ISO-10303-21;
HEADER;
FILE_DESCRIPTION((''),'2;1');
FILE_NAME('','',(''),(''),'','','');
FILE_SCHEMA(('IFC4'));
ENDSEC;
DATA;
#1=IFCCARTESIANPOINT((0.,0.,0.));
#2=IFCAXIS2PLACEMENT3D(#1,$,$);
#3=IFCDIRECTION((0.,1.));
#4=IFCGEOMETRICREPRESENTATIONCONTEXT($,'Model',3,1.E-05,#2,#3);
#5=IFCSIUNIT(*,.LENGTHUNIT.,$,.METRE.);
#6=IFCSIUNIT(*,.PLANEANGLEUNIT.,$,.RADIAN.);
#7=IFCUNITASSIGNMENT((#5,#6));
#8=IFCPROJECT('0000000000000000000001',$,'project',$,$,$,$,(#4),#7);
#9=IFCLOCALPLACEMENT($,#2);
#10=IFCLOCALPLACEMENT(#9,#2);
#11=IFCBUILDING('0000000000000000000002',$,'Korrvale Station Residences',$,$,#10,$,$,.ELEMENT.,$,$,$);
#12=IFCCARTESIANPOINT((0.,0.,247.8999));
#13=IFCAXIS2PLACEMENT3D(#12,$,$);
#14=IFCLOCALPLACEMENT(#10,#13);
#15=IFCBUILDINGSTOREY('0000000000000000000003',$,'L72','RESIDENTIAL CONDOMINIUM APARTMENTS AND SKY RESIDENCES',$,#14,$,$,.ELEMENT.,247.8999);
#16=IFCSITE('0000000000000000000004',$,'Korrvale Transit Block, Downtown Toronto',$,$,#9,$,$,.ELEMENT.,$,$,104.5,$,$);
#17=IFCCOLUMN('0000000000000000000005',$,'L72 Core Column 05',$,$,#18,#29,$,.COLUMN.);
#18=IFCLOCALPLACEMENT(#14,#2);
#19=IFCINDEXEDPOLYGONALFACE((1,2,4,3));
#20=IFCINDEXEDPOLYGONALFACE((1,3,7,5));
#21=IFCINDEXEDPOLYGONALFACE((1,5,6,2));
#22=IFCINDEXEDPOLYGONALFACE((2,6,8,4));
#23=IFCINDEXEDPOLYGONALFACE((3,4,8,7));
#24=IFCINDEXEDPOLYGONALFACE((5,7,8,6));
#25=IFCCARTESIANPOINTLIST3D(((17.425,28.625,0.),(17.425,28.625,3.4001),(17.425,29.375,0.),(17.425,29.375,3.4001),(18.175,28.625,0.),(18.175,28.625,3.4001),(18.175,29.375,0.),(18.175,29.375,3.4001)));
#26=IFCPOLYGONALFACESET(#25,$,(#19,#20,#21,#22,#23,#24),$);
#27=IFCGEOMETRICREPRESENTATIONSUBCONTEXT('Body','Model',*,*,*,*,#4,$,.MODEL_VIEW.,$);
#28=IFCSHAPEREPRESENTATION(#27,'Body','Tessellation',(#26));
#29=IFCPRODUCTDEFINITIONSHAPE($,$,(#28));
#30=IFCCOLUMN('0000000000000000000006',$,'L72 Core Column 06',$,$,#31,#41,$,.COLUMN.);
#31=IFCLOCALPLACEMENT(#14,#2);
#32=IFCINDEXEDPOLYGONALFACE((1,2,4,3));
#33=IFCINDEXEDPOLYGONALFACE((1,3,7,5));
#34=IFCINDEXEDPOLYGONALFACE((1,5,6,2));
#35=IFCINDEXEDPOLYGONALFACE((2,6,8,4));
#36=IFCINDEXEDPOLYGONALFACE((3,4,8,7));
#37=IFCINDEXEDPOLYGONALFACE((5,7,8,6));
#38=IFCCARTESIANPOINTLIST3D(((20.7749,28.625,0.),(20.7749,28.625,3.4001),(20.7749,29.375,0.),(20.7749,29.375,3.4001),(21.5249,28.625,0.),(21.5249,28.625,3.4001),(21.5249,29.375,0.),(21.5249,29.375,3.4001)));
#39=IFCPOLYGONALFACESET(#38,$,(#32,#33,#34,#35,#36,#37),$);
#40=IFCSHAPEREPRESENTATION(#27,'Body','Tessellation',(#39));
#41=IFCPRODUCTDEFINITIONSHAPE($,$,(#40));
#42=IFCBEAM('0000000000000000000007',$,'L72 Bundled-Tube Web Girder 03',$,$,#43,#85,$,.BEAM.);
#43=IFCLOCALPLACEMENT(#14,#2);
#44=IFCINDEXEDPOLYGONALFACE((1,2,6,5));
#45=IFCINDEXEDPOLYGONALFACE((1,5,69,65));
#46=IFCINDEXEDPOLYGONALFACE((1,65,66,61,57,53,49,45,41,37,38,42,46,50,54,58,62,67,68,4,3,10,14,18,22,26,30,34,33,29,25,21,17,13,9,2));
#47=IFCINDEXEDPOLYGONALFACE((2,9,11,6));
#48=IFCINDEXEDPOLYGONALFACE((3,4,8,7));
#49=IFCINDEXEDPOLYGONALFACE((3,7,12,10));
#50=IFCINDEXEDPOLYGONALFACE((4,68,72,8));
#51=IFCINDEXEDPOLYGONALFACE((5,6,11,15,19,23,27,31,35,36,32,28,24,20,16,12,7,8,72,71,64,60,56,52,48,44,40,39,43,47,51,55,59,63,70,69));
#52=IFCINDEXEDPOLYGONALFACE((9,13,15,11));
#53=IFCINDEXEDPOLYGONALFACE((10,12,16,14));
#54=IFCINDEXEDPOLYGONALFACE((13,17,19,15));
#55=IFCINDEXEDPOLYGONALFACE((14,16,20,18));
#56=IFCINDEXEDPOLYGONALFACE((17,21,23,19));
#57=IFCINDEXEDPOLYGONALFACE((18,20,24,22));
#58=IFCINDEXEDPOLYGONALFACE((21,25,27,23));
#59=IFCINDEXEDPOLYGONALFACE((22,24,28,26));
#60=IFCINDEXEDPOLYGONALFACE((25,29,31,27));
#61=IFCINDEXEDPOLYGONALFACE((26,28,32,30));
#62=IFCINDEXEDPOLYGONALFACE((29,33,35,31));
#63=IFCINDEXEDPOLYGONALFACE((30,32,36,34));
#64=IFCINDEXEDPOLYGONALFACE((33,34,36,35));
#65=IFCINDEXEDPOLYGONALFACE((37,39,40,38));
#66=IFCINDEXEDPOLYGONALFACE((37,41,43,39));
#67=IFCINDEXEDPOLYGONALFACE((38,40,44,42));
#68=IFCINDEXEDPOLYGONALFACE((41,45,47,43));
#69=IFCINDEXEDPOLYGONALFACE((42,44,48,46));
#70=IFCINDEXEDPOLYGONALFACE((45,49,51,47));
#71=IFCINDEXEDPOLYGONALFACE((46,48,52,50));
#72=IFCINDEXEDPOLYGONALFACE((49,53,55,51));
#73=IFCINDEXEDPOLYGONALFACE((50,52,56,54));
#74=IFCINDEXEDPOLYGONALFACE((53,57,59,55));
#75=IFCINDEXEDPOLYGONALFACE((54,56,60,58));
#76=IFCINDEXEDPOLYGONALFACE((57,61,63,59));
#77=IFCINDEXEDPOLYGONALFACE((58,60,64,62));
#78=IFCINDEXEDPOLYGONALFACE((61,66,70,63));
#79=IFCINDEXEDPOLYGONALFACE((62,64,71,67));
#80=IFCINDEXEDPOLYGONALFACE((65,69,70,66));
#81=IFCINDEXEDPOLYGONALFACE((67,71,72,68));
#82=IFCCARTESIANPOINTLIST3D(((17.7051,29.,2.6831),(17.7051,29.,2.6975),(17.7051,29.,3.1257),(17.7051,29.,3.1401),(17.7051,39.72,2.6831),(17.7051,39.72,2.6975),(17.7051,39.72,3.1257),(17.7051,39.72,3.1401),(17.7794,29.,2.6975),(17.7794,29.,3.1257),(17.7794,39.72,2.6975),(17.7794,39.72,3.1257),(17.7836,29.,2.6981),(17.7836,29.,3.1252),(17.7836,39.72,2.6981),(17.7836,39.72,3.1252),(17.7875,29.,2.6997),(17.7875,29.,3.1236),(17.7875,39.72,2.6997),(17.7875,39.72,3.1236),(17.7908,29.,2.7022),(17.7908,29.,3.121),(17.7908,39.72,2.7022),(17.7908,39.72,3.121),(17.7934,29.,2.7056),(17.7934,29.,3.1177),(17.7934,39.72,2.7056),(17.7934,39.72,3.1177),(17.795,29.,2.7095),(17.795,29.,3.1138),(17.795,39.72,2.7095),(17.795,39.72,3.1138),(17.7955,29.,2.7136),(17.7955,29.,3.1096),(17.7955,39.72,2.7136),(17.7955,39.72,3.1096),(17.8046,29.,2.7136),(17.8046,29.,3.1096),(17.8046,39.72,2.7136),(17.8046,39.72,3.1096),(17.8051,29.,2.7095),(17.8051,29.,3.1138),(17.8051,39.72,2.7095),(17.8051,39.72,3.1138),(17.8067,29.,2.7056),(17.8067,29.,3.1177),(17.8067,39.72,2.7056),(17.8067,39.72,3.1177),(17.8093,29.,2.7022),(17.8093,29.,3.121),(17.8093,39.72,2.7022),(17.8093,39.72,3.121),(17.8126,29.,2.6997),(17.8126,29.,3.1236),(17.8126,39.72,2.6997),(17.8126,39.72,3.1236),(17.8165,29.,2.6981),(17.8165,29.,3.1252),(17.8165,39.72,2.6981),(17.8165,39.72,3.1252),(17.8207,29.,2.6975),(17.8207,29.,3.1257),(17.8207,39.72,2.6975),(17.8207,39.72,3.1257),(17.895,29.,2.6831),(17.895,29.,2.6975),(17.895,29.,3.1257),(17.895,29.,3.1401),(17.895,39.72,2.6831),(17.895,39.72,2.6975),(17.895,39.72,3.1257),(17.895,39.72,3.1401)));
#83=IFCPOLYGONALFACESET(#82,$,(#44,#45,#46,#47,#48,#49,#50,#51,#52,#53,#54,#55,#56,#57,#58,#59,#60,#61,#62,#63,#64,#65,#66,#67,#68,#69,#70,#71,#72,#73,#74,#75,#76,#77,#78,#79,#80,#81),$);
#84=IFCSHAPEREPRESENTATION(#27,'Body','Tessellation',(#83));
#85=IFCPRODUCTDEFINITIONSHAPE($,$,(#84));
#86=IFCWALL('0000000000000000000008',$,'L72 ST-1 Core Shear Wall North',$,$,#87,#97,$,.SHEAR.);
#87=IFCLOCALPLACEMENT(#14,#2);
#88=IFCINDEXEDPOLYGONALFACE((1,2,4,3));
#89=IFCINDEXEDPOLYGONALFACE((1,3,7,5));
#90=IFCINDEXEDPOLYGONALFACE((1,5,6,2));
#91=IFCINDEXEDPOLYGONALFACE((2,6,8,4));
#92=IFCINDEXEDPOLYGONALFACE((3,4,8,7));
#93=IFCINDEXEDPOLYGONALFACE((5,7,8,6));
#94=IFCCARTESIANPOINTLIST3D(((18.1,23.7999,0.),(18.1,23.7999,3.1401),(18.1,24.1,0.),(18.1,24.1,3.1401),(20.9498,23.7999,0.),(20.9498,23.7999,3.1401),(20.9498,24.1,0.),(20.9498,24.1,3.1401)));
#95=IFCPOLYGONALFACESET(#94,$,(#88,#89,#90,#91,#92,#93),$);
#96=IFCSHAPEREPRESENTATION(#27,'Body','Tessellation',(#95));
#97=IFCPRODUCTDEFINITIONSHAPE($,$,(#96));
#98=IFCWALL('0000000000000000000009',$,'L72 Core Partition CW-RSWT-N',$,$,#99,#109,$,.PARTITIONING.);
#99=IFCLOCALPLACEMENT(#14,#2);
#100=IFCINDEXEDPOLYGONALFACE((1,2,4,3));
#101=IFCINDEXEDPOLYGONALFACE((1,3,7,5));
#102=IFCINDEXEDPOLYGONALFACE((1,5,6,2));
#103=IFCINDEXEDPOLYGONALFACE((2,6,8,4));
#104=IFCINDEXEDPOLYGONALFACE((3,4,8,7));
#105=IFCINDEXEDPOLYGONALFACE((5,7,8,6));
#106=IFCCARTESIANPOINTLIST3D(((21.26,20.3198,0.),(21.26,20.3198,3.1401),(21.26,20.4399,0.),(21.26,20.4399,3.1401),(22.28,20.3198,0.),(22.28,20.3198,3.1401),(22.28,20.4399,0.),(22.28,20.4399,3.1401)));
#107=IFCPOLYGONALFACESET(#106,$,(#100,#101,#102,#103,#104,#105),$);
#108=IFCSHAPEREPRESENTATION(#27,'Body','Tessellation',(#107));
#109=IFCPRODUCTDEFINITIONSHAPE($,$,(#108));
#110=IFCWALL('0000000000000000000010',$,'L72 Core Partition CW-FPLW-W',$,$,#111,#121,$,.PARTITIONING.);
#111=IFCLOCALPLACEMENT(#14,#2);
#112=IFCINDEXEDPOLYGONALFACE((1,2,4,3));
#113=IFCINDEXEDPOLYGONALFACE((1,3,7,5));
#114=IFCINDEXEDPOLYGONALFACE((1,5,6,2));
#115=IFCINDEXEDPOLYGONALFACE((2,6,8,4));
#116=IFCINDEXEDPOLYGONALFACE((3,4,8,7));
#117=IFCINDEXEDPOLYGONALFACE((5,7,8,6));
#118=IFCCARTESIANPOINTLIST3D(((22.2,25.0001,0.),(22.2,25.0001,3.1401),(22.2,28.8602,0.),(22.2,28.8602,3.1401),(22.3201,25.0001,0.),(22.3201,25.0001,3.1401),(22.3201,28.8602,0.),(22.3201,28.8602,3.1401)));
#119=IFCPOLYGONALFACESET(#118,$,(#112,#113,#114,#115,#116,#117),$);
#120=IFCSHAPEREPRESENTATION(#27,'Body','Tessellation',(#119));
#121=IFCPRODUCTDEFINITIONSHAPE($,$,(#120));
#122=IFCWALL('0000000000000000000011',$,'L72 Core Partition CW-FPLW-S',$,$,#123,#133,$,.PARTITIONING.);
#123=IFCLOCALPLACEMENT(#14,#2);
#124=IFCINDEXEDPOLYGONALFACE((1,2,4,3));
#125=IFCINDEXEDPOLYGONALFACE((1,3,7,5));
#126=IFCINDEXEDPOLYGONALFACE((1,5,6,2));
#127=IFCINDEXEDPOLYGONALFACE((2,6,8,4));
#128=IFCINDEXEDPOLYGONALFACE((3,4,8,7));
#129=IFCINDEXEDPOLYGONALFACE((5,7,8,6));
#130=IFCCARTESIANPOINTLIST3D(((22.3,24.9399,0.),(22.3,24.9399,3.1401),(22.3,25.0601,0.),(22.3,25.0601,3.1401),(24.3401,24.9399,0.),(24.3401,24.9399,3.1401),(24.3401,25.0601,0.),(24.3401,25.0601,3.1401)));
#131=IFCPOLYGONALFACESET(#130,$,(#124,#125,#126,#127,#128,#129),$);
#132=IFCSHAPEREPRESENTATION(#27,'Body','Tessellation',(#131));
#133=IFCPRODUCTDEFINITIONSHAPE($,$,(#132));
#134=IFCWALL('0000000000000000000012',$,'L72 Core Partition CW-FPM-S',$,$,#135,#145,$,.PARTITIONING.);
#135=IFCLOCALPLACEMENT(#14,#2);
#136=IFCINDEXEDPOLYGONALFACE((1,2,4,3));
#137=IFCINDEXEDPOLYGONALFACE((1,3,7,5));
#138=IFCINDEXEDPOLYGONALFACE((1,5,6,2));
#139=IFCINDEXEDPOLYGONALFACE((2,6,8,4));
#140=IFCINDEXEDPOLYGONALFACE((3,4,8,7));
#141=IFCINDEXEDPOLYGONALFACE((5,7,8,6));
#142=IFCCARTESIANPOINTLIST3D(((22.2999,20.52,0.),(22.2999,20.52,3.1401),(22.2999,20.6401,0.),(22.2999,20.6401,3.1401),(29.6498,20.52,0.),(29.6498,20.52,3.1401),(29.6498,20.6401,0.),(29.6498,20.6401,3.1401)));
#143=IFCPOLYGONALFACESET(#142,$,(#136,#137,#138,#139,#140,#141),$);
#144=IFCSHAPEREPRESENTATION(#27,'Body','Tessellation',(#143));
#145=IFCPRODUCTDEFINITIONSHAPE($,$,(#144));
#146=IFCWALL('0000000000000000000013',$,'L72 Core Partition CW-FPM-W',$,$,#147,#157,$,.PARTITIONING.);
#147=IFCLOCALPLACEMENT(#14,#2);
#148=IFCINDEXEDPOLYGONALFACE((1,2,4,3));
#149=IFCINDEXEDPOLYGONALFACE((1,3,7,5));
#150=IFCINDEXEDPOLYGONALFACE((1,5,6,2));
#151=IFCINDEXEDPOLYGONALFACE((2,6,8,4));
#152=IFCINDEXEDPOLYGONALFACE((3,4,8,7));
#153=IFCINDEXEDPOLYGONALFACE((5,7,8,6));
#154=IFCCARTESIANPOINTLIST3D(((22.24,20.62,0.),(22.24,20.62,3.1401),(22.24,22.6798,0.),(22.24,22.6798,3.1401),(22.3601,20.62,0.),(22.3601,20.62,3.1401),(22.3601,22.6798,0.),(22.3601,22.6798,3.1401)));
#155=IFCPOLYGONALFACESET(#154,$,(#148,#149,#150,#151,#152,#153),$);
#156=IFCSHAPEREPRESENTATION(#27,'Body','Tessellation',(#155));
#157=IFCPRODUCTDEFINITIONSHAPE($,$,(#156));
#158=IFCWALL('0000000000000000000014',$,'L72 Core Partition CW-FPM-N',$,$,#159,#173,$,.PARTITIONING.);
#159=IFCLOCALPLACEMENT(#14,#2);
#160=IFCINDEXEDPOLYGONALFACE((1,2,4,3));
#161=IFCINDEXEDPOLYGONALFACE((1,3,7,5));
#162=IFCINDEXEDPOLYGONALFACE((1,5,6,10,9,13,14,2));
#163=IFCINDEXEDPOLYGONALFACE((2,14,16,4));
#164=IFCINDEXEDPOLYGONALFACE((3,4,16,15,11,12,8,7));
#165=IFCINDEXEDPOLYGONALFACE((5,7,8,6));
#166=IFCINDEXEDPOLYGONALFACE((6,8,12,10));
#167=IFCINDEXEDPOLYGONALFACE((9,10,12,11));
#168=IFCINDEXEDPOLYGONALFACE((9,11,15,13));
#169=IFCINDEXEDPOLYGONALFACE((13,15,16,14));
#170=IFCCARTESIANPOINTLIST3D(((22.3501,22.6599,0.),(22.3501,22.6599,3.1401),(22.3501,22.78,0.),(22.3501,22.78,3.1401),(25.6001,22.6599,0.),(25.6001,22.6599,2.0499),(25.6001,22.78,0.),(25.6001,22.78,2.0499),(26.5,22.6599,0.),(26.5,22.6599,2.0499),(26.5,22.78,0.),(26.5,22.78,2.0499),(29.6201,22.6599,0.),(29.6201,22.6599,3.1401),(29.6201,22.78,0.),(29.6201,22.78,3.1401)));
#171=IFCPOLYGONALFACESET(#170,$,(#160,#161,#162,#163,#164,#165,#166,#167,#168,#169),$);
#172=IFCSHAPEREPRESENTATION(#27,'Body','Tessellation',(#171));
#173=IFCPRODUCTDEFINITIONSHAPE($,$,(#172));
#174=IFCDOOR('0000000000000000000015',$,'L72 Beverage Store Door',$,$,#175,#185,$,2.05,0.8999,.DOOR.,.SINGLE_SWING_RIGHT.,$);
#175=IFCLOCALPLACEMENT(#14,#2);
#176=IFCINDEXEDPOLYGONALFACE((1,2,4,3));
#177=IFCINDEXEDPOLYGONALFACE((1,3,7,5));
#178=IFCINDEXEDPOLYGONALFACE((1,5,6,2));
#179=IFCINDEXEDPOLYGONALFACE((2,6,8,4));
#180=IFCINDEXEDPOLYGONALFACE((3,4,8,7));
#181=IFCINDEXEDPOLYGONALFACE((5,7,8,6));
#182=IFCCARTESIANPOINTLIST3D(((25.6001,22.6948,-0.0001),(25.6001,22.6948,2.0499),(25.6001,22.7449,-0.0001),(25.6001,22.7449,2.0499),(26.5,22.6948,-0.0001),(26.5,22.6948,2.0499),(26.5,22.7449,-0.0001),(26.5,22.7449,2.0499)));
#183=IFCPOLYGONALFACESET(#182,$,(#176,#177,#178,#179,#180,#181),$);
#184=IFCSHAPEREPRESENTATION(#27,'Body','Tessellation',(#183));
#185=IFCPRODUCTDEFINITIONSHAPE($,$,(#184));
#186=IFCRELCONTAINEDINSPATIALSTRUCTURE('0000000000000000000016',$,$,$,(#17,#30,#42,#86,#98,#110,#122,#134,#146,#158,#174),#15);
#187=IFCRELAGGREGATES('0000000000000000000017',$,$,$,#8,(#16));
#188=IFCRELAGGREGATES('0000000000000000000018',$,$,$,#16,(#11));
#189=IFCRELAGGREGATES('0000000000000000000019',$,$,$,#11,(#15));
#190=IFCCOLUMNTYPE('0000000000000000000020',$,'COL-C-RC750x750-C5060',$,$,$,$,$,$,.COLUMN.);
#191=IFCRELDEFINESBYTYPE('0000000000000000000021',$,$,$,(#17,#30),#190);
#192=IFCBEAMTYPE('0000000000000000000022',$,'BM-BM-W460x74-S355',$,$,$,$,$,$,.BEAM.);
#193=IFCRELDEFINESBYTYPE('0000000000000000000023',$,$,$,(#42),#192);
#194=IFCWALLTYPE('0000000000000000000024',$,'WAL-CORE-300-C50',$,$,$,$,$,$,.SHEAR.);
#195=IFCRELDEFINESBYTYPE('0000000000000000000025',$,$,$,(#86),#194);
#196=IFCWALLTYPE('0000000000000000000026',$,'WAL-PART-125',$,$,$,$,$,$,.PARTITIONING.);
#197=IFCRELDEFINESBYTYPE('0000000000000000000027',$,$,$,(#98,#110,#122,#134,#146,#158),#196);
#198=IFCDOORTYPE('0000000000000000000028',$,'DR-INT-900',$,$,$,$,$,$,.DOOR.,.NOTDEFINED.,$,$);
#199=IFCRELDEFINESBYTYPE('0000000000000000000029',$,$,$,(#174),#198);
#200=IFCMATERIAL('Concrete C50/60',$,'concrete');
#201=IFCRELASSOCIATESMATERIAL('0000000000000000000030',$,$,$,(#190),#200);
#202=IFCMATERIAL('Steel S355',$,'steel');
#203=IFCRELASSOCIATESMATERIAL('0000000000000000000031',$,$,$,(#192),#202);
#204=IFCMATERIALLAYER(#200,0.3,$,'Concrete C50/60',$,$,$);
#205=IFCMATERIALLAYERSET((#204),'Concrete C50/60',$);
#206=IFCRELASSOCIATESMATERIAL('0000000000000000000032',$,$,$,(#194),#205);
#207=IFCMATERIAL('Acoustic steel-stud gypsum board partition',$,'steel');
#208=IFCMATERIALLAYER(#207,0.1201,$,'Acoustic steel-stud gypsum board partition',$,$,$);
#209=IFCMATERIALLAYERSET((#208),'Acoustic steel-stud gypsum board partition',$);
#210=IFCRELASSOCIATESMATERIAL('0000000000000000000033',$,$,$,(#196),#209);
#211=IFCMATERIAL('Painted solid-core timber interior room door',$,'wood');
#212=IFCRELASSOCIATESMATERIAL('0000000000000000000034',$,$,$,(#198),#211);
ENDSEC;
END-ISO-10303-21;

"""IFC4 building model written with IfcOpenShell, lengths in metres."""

from ifc_helpers import new_model, si_unit, direction, frame, frame_2d, origin, origin_2d, place, context, subcontext, project, spatial, rectangle, i_section, extrude, material, layer, layer_set, material_profile, profile_set, type_object, element, fill, save


model = new_model("IFC4")

# Units and contexts
model_context = context("Model", 3, precision=1e-05, world=origin(), true_north=direction((0.0, 1.0)))
body_context = subcontext(model_context, "Body", "Model", "MODEL_VIEW")
ifc_project = project(units=[si_unit("LENGTHUNIT", "METRE"), si_unit("PLANEANGLEUNIT", "RADIAN")], contexts=[model_context])

# Site, building, storey
site_placement = place(None, origin())
site = spatial("IfcSite", under=ifc_project, at=site_placement, Name="Korrvale Transit Block, Downtown Toronto", CompositionType="ELEMENT", RefElevation=104.5)
building_placement = place(site_placement, origin())
building = spatial("IfcBuilding", under=site, at=building_placement, Name="Korrvale Station Residences", CompositionType="ELEMENT")
storey_placement = place(building_placement, frame((0.0, 0.0, 247.8999)))
storey = spatial("IfcBuildingStorey", under=building, at=storey_placement, Name="L72", Description="RESIDENTIAL CONDOMINIUM APARTMENTS AND SKY RESIDENCES", CompositionType="ELEMENT", Elevation=247.8999)

# Columns
ifc_material_1 = material(Name="Concrete C50/60", Category="concrete")
ifc_material_profile_1 = material_profile(ifc_material_1, rectangle(XDim=0.75, YDim=0.75, at=origin_2d()), Name="RC750x750")
ifc_profile_set_1 = profile_set([ifc_material_profile_1], Name="Concrete C50/60")
column_type = type_object("IfcColumnType", Name="COL-C-RC750x750-C5060", PredefinedType="COLUMN", material=ifc_profile_set_1)
for number, where, z_axis, x_axis, name in (
    (1, (17.8, 29.0, 0.0), (0.0, 0.0, 1.0), (1.0, 0.0, 0.0), "L72 Core Column 05"),
    (2, (21.1499, 29.0, 0.0), (0.0, 0.0, 1.0), (1.0, 0.0, 0.0), "L72 Core Column 06"),
):
    element("IfcColumn", number, at=place(storey_placement, frame(where, z_axis=z_axis, x_axis=x_axis)), inside=storey, type_object=column_type, Name=name, PredefinedType="COLUMN", context=body_context, shape_type="SweptSolid", body=[
        extrude(rectangle(XDim=0.75, YDim=0.75, at=origin_2d()), origin(), (0.0, 0.0, 1.0), 3.4001),
    ])

# Beam
ifc_material_2 = material(Name="Steel S355", Category="steel")
ifc_material_profile_2 = material_profile(ifc_material_2, i_section(OverallWidth=0.1899, OverallDepth=0.457, WebThickness=0.009, FlangeThickness=0.0144, FilletRadius=0.0161, at=origin_2d()), Name="W460x74")
ifc_profile_set_2 = profile_set([ifc_material_profile_2], Name="Steel S355")
beam_type = type_object("IfcBeamType", Name="BM-BM-W460x74-S355", PredefinedType="BEAM", material=ifc_profile_set_2)
beam_placement = place(storey_placement, frame((17.8, 29.0, 2.9116), z_axis=(0.0, 1.0, 0.0), x_axis=(-1.0, 0.0, 0.0)))
element("IfcBeam", 3, at=beam_placement, inside=storey, type_object=beam_type, Name="L72 Bundled-Tube Web Girder 03", PredefinedType="BEAM", context=body_context, shape_type="SweptSolid", body=[
    extrude(i_section(OverallWidth=0.1899, OverallDepth=0.457, WebThickness=0.009, FlangeThickness=0.0144, FilletRadius=0.0161, at=origin_2d()), origin(), (0.0, 0.0, 1.0), 10.72),
])

# Walls
ifc_layer_1 = layer(ifc_material_1, 0.3, Name="Concrete C50/60")
ifc_layer_set_1 = layer_set([ifc_layer_1], Name="Concrete C50/60")
wall_type_1 = type_object("IfcWallType", Name="WAL-CORE-300-C50", PredefinedType="SHEAR", material=ifc_layer_set_1)
wall_1_placement = place(storey_placement, frame((18.1001, 23.95, 0.0), z_axis=(0.0, 0.0, 1.0), x_axis=(1.0, 0.0, 0.0)))
element("IfcWall", 4, at=wall_1_placement, inside=storey, type_object=wall_type_1, Name="L72 ST-1 Core Shear Wall North", PredefinedType="SHEAR", context=body_context, shape_type="SweptSolid", body=[
    extrude(rectangle(XDim=2.8499, YDim=0.3, at=frame_2d((1.4248, 0.0))), origin(), (0.0, 0.0, 1.0), 3.1401),
])
ifc_material_3 = material(Name="Acoustic steel-stud gypsum board partition", Category="steel")
ifc_layer_2 = layer(ifc_material_3, 0.1201, Name="Acoustic steel-stud gypsum board partition")
ifc_layer_set_2 = layer_set([ifc_layer_2], Name="Acoustic steel-stud gypsum board partition")
wall_type_2 = type_object("IfcWallType", Name="WAL-PART-125", PredefinedType="PARTITIONING", material=ifc_layer_set_2)
wall_2_placement = place(storey_placement, frame((22.28, 20.3799, 0.0), z_axis=(0.0, 0.0, 1.0), x_axis=(-1.0, 0.0, 0.0)))
element("IfcWall", 5, at=wall_2_placement, inside=storey, type_object=wall_type_2, Name="L72 Core Partition CW-RSWT-N", PredefinedType="PARTITIONING", context=body_context, shape_type="SweptSolid", body=[
    extrude(rectangle(XDim=1.02, YDim=0.1201, at=frame_2d((0.51, 0.0))), origin(), (0.0, 0.0, 1.0), 3.1401),
])
wall_3_placement = place(storey_placement, frame((22.26, 25.0, 0.0), z_axis=(0.0, 0.0, 1.0), x_axis=(0.0, 1.0, 0.0)))
element("IfcWall", 6, at=wall_3_placement, inside=storey, type_object=wall_type_2, Name="L72 Core Partition CW-FPLW-W", PredefinedType="PARTITIONING", context=body_context, shape_type="SweptSolid", body=[
    extrude(rectangle(XDim=3.8601, YDim=0.1201, at=frame_2d((1.9302, 0.0))), origin(), (0.0, 0.0, 1.0), 3.1401),
])
wall_4_placement = place(storey_placement, frame((22.3, 25.0, 0.0), z_axis=(0.0, 0.0, 1.0), x_axis=(1.0, 0.0, 0.0)))
element("IfcWall", 7, at=wall_4_placement, inside=storey, type_object=wall_type_2, Name="L72 Core Partition CW-FPLW-S", PredefinedType="PARTITIONING", context=body_context, shape_type="SweptSolid", body=[
    extrude(rectangle(XDim=2.04, YDim=0.1201, at=frame_2d((1.02, 0.0))), origin(), (0.0, 0.0, 1.0), 3.1401),
])
wall_5_placement = place(storey_placement, frame((22.3, 20.5801, 0.0), z_axis=(0.0, 0.0, 1.0), x_axis=(1.0, 0.0, 0.0)))
element("IfcWall", 8, at=wall_5_placement, inside=storey, type_object=wall_type_2, Name="L72 Core Partition CW-FPM-S", PredefinedType="PARTITIONING", context=body_context, shape_type="SweptSolid", body=[
    extrude(rectangle(XDim=7.3499, YDim=0.1201, at=frame_2d((3.6748, 0.0))), origin(), (0.0, 0.0, 1.0), 3.1401),
])
wall_6_placement = place(storey_placement, frame((22.3, 20.6201, 0.0), z_axis=(0.0, 0.0, 1.0), x_axis=(0.0, 1.0, 0.0)))
element("IfcWall", 9, at=wall_6_placement, inside=storey, type_object=wall_type_2, Name="L72 Core Partition CW-FPM-W", PredefinedType="PARTITIONING", context=body_context, shape_type="SweptSolid", body=[
    extrude(rectangle(XDim=2.0598, YDim=0.1201, at=frame_2d((1.0298, 0.0))), origin(), (0.0, 0.0, 1.0), 3.1401),
])

# Wall, opening, door
wall_7_placement = place(storey_placement, frame((22.3501, 22.72, 0.0), z_axis=(0.0, 0.0, 1.0), x_axis=(1.0, 0.0, 0.0)))
wall_7 = element("IfcWall", 10, at=wall_7_placement, inside=storey, type_object=wall_type_2, Name="L72 Core Partition CW-FPM-N", PredefinedType="PARTITIONING", context=body_context, shape_type="SweptSolid", body=[
    extrude(rectangle(XDim=7.27, YDim=0.1201, at=frame_2d((3.635, 0.0))), origin(), (0.0, 0.0, 1.0), 3.1401),
])
opening_1_placement = place(wall_7_placement, frame((3.25, 0.0, 0.0)))
opening_1 = element("IfcOpeningElement", 11, at=opening_1_placement, cuts=wall_7, PredefinedType="OPENING", context=body_context, shape_type="SweptSolid", body=[
    extrude(rectangle(XDim=0.8999, YDim=2.05, at=frame_2d((0.45, 1.0249))), frame((0.0, 0.0701, 0.0), z_axis=(0.0, -1.0, 0.0), x_axis=(1.0, 0.0, 0.0)), (0.0, 0.0, 1.0), 0.1401),
])
ifc_material_4 = material(Name="Painted solid-core timber interior room door", Category="wood")
door_type_1 = type_object("IfcDoorType", Name="DR-INT-900", OperationType="NOTDEFINED", PredefinedType="DOOR", material=ifc_material_4)
door_1_placement = place(opening_1_placement, origin())
door_1 = element("IfcDoor", 12, at=door_1_placement, inside=storey, type_object=door_type_1, Name="L72 Beverage Store Door", OperationType="SINGLE_SWING_RIGHT", OverallHeight=2.05, OverallWidth=0.8999, PredefinedType="DOOR", context=body_context, shape_type="SweptSolid", body=[
    extrude(rectangle(XDim=0.8999, YDim=2.05, at=frame_2d((0.45, 1.0249))), frame((0.0, 0.0249, 0.0), z_axis=(0.0, -1.0, 0.0), x_axis=(1.0, 0.0, 0.0)), (0.0, 0.0, 1.0), 0.05),
])
fill(opening_1, door_1)

save(model, "model.ifc")
